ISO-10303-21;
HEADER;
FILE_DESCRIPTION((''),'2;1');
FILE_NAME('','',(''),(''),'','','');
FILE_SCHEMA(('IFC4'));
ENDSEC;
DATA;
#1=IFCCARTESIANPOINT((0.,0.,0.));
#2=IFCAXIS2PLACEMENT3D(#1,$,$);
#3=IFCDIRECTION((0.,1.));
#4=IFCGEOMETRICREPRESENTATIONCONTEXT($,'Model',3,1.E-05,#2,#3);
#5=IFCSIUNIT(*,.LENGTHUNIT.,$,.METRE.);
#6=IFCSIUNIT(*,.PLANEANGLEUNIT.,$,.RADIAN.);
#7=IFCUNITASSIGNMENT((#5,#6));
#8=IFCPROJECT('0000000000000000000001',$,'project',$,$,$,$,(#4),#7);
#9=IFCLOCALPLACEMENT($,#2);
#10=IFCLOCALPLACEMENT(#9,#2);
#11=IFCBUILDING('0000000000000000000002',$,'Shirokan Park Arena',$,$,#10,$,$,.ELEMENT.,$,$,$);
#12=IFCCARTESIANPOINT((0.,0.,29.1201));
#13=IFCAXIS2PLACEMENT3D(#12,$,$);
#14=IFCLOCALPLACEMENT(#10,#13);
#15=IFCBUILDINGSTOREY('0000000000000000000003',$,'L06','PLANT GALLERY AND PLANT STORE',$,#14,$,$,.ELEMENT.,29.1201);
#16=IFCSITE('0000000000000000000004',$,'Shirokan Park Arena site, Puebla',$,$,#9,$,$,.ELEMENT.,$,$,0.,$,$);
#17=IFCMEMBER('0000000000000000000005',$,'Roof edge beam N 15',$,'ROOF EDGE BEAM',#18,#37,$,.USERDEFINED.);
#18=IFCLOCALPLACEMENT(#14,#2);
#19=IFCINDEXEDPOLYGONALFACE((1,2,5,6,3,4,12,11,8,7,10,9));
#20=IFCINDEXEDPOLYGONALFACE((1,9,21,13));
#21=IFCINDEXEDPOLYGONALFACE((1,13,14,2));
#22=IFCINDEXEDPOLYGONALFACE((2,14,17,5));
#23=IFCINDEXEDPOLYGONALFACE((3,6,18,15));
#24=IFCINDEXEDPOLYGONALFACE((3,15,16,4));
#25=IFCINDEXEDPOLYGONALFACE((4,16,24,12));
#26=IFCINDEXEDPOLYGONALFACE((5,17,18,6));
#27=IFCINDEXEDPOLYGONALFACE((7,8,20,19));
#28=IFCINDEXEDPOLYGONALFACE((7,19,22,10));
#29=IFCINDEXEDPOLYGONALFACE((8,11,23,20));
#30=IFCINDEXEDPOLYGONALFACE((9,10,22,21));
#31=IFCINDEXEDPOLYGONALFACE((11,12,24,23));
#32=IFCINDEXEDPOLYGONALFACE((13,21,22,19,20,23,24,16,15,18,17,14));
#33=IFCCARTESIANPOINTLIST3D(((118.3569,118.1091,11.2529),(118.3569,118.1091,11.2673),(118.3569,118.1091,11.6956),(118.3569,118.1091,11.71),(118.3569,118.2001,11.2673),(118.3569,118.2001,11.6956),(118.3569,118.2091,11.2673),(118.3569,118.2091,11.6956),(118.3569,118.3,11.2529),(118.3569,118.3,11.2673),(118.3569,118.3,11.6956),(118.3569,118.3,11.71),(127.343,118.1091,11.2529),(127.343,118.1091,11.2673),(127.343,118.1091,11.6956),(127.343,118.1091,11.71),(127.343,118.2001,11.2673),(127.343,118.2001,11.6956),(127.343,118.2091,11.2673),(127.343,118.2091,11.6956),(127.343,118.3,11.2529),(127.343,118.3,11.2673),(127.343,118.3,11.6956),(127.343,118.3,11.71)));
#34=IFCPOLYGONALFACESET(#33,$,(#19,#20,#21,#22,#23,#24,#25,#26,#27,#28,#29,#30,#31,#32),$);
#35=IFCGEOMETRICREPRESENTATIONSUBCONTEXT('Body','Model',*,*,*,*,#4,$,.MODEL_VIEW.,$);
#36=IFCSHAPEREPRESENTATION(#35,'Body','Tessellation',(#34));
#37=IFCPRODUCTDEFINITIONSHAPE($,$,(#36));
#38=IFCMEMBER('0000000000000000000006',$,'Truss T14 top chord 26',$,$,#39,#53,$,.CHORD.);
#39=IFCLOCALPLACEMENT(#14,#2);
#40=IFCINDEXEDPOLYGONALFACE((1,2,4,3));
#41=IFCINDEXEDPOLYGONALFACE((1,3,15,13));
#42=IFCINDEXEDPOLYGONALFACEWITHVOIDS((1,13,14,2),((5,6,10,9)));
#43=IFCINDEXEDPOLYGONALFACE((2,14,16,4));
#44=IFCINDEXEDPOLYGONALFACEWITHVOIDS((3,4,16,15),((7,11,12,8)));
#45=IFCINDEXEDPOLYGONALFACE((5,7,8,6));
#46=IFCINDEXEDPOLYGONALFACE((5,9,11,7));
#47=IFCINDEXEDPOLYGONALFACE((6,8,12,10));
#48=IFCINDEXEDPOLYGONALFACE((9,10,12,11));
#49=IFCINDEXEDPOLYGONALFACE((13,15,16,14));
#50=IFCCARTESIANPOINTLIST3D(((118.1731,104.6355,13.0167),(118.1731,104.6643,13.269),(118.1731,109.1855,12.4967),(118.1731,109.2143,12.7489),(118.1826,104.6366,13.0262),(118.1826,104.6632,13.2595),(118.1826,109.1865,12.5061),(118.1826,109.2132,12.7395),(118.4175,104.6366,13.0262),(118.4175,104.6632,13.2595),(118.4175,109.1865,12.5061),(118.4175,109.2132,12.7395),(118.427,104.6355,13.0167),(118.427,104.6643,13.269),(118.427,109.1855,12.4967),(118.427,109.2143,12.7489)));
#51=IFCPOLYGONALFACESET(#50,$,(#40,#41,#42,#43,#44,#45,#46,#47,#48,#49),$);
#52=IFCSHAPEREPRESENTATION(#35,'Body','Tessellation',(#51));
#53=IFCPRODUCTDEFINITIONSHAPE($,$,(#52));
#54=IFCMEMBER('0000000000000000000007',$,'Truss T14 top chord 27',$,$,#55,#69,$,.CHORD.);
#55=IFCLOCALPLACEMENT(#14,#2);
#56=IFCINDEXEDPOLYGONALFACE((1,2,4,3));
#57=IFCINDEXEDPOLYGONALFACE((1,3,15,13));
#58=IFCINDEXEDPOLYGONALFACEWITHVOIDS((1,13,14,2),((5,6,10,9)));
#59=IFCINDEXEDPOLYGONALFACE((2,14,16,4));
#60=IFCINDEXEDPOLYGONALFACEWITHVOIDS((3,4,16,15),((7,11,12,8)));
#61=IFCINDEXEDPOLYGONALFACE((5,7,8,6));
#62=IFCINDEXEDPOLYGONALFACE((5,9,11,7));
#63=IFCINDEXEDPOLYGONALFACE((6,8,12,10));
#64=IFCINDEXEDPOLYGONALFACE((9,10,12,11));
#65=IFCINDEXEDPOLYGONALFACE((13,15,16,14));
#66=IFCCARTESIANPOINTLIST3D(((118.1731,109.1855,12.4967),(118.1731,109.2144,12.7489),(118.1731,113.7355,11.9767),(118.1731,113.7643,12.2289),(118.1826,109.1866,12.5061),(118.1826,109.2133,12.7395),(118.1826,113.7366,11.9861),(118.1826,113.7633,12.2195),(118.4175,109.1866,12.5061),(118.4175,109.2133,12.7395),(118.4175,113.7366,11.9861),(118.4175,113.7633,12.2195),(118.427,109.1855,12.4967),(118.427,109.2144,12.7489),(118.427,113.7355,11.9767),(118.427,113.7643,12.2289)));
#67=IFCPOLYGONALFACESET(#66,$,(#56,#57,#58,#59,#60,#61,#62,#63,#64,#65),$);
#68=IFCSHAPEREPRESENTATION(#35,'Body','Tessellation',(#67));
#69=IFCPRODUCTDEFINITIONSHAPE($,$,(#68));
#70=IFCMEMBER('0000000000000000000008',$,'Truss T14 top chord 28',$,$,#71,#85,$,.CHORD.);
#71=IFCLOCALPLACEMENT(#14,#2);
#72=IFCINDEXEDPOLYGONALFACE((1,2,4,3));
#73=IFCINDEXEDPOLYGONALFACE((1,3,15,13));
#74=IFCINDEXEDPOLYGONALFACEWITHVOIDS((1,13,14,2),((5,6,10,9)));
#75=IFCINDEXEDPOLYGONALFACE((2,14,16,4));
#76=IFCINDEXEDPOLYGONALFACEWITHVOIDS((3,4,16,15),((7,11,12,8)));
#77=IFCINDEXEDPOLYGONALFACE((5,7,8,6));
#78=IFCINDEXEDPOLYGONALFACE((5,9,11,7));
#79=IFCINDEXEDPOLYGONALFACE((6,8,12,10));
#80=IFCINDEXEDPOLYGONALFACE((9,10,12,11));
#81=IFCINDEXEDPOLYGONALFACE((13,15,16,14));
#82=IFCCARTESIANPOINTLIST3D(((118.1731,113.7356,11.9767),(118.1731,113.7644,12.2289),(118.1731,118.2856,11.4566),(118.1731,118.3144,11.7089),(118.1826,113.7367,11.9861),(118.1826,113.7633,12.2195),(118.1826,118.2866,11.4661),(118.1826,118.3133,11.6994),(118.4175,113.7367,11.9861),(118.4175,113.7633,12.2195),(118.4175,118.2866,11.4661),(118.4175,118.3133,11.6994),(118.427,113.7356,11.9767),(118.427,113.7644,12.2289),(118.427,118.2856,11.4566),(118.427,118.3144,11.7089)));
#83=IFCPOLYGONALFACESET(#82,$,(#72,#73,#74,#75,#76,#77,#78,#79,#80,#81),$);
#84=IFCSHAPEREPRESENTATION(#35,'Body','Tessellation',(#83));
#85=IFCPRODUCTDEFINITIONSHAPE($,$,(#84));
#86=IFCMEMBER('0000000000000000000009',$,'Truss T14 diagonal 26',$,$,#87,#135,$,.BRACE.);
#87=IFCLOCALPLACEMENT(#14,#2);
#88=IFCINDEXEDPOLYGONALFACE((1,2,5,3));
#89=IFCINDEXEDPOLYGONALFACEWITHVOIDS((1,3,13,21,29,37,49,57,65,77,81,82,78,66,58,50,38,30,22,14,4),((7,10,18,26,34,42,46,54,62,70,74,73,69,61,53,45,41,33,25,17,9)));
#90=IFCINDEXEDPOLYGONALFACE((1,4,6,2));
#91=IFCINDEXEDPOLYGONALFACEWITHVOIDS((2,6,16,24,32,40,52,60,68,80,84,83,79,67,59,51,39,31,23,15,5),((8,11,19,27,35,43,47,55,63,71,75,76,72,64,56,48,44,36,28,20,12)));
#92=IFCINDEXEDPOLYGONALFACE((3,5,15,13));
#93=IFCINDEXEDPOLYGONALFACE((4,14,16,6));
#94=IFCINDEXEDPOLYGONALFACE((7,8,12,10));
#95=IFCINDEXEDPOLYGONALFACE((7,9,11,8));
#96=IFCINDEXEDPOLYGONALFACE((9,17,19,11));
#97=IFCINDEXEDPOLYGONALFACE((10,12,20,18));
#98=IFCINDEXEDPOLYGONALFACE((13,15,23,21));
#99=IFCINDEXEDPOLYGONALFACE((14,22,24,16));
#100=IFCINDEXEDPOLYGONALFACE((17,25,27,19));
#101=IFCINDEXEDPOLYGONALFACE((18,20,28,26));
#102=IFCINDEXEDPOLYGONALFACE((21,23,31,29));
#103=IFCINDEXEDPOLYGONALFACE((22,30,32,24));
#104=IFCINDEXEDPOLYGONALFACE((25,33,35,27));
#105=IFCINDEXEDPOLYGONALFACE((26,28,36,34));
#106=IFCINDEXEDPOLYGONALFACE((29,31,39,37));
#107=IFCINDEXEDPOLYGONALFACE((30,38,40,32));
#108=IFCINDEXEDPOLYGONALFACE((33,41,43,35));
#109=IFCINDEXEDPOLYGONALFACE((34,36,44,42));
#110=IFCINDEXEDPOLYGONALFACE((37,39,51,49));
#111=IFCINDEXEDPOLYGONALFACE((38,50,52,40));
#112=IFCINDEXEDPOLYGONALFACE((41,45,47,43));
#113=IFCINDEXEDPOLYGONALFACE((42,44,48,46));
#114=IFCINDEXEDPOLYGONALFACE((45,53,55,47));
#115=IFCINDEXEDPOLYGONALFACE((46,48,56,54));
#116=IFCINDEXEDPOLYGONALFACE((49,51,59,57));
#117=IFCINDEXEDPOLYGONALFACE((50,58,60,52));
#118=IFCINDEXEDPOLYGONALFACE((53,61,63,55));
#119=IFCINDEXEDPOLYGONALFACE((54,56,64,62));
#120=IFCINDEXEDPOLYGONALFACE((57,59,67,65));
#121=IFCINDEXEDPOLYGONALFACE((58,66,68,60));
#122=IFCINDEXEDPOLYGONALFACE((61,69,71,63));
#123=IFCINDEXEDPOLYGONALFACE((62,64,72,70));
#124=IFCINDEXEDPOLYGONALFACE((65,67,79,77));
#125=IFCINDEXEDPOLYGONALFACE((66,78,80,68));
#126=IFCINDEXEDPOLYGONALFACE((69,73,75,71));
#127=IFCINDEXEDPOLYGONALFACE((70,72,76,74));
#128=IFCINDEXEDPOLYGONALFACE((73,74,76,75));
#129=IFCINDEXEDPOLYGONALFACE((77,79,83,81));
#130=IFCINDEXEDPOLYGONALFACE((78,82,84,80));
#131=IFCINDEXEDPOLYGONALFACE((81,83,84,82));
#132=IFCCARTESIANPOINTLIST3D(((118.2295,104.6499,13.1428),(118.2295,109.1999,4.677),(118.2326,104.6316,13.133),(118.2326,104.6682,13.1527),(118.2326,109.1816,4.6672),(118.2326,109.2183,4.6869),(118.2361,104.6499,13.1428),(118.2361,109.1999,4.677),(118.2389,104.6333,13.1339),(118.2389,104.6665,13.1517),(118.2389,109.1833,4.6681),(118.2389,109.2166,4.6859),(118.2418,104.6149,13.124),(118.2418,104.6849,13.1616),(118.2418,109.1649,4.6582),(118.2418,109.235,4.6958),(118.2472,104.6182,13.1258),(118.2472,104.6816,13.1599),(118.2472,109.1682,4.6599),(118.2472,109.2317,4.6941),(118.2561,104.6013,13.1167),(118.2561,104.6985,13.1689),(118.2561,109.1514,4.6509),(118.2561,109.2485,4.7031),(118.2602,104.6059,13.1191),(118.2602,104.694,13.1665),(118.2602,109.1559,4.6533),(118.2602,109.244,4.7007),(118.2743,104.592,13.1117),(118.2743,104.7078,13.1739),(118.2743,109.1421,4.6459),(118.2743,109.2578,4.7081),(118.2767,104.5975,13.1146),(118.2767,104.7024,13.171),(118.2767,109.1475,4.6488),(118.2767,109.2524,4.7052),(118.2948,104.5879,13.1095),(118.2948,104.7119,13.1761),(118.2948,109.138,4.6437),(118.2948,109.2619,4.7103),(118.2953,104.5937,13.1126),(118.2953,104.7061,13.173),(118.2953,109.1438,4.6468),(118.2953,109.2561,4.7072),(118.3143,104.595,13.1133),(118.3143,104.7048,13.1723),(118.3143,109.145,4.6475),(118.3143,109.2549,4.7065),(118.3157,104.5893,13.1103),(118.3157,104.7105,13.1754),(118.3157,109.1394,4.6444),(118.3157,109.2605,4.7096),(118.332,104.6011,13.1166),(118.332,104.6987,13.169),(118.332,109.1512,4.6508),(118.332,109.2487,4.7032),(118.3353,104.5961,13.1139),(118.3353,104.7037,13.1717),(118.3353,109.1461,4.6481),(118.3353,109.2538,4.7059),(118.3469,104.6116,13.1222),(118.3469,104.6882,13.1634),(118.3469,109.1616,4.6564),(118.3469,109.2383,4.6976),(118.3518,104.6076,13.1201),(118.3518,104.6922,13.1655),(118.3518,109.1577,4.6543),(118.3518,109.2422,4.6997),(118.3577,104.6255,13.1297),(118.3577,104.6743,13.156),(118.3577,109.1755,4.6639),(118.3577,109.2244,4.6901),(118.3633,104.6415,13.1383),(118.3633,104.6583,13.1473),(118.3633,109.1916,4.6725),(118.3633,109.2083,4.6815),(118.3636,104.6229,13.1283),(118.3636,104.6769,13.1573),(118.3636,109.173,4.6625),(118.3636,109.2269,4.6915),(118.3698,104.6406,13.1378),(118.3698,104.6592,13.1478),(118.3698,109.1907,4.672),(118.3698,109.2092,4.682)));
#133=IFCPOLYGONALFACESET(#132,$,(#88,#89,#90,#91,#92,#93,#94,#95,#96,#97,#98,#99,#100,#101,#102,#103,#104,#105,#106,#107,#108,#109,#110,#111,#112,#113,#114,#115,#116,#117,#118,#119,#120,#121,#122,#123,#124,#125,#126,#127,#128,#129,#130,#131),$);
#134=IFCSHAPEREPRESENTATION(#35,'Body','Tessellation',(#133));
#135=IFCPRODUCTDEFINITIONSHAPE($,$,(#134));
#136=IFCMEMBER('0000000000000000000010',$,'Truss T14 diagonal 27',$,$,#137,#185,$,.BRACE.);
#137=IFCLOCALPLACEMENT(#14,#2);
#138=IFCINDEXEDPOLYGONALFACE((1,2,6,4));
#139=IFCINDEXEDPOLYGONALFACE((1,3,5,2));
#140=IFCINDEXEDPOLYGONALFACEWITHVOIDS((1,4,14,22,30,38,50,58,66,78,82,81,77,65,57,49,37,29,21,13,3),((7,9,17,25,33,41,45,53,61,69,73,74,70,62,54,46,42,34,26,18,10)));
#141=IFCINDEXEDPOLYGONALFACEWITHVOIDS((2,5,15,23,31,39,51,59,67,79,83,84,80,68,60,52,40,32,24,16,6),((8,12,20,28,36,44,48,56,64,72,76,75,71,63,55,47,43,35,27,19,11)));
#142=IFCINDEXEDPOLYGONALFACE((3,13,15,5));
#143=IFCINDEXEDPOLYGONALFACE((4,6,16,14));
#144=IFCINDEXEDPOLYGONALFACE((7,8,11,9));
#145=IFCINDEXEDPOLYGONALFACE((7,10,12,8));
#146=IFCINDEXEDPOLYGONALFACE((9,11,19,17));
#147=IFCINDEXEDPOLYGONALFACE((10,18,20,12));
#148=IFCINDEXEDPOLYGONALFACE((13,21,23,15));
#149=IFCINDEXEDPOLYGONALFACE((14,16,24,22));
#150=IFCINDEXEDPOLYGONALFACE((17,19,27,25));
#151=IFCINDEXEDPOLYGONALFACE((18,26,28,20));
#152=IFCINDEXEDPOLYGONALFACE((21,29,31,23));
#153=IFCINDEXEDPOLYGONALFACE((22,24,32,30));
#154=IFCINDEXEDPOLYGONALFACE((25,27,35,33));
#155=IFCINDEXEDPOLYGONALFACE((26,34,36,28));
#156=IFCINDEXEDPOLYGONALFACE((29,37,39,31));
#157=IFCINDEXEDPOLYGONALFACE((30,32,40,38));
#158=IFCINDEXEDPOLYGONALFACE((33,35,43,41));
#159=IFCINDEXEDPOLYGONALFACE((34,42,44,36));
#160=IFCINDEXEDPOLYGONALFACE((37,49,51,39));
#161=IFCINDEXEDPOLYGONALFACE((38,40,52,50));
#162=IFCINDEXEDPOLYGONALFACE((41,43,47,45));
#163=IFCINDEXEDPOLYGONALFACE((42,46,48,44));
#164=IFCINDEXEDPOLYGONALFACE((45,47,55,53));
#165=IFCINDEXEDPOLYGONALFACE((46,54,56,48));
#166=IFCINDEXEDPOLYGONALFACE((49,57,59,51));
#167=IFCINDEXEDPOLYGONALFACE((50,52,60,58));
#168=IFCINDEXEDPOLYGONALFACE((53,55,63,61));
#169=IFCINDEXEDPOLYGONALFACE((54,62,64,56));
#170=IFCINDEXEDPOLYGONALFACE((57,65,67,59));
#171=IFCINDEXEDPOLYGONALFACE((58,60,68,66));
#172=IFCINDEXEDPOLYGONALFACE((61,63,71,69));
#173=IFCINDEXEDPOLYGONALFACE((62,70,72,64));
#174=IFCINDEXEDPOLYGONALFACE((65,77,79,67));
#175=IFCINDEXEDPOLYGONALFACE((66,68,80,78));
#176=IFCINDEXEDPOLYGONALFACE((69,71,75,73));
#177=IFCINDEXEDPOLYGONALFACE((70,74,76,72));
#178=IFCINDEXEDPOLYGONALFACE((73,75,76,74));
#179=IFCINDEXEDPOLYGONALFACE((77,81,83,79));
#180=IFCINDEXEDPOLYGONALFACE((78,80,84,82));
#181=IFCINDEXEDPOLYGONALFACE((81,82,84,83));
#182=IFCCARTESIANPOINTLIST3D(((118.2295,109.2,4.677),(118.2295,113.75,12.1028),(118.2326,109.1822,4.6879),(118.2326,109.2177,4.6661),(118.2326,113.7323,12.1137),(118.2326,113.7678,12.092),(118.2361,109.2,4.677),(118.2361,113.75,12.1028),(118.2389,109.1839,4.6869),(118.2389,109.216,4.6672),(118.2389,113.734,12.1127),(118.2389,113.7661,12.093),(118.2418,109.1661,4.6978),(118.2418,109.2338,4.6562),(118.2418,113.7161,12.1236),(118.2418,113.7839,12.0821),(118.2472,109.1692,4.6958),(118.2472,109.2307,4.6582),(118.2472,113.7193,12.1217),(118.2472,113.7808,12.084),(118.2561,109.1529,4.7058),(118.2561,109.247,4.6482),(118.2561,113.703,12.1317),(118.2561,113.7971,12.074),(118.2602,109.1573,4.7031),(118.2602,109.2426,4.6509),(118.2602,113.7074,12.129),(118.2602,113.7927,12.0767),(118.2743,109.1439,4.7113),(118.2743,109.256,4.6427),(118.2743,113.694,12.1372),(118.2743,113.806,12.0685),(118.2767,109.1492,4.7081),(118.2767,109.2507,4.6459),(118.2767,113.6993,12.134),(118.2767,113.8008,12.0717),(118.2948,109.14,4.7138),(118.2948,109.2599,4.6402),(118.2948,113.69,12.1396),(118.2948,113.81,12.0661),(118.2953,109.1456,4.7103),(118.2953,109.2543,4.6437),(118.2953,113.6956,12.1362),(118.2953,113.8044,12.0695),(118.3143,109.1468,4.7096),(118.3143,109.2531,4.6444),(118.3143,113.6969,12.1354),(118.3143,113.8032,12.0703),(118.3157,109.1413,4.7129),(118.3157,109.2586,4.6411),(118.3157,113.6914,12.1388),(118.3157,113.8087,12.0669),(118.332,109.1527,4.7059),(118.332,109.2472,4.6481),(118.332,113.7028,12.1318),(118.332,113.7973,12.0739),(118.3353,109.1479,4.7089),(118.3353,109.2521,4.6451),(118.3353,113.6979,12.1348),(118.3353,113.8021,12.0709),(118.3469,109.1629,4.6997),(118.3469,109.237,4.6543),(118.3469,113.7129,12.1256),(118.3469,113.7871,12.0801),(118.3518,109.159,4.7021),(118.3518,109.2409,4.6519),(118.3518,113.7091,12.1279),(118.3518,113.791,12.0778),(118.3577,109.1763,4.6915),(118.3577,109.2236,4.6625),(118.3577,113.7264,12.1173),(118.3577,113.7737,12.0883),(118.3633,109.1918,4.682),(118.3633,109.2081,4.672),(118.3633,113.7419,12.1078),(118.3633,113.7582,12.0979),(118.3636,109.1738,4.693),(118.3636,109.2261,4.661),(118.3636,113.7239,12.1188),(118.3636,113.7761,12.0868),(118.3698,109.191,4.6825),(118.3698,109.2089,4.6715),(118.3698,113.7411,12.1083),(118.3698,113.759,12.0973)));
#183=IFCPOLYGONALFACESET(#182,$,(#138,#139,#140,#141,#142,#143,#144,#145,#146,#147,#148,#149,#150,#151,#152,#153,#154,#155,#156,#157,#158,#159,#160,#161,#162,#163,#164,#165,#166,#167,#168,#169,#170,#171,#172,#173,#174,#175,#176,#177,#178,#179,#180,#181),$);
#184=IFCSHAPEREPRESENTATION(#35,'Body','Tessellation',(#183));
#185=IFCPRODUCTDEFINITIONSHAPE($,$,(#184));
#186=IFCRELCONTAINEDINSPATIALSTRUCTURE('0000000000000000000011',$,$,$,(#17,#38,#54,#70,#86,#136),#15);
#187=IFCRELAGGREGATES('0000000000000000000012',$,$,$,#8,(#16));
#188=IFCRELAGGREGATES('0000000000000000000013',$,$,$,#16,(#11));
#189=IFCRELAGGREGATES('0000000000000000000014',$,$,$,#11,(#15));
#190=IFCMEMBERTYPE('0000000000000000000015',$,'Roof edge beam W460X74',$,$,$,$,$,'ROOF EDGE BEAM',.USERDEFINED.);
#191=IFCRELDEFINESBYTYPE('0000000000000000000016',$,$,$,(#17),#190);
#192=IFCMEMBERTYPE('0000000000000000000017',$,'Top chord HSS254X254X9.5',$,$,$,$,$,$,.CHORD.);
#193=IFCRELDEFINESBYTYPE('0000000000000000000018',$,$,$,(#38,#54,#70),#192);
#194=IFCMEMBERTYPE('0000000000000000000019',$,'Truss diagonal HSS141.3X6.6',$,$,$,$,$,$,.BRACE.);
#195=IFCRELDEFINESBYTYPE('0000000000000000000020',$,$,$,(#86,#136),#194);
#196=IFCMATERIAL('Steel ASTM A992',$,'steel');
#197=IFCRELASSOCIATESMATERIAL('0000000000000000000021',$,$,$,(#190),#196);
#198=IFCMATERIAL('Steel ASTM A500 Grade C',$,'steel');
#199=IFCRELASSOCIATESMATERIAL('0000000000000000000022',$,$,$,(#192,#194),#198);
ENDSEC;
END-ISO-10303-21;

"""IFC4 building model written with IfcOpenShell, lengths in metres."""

from ifc_helpers import new_model, si_unit, direction, frame, origin, origin_2d, place, context, subcontext, project, spatial, hollow_rectangle, hollow_circle, i_section, extrude, material, material_profile, profile_set, type_object, element, save


model = new_model("IFC4")

# Units and contexts
model_context = context("Model", 3, precision=1e-05, world=origin(), true_north=direction((0.0, 1.0)))
body_context = subcontext(model_context, "Body", "Model", "MODEL_VIEW")
ifc_project = project(units=[si_unit("LENGTHUNIT", "METRE"), si_unit("PLANEANGLEUNIT", "RADIAN")], contexts=[model_context])

# Site, building, storey
site_placement = place(None, origin())
site = spatial("IfcSite", under=ifc_project, at=site_placement, Name="Shirokan Park Arena site, Puebla", CompositionType="ELEMENT", RefElevation=0.0)
building_placement = place(site_placement, origin())
building = spatial("IfcBuilding", under=site, at=building_placement, Name="Shirokan Park Arena", CompositionType="ELEMENT")
storey_placement = place(building_placement, frame((0.0, 0.0, 29.1201)))
storey = spatial("IfcBuildingStorey", under=building, at=storey_placement, Name="L06", Description="PLANT GALLERY AND PLANT STORE", CompositionType="ELEMENT", Elevation=29.1201)

# Shared definitions
ifc_material_1 = material(Name="Steel ASTM A500 Grade C", Category="steel")
ifc_material_2 = material(Name="Steel ASTM A992", Category="steel")

# Members
ifc_material_profile_1 = material_profile(ifc_material_2, i_section(OverallWidth=0.1909, OverallDepth=0.457, WebThickness=0.009, FlangeThickness=0.0144, at=origin_2d()), Name="W460X74")
ifc_profile_set_1 = profile_set([ifc_material_profile_1], Name="Steel ASTM A992")
member_type_1 = type_object("IfcMemberType", Name="Roof edge beam W460X74", ElementType="ROOF EDGE BEAM", PredefinedType="USERDEFINED", material=ifc_profile_set_1)
member_1_placement = place(storey_placement, frame((118.3569, 118.2046, 11.4814), z_axis=(1.0, 0.0, 0.0), x_axis=(0.0, 1.0, 0.0)))
element("IfcMember", 1, at=member_1_placement, inside=storey, type_object=member_type_1, Name="Roof edge beam N 15", ObjectType="ROOF EDGE BEAM", PredefinedType="USERDEFINED", context=body_context, shape_type="SweptSolid", body=[
    extrude(i_section(OverallWidth=0.1909, OverallDepth=0.457, WebThickness=0.009, FlangeThickness=0.0144, at=origin_2d()), origin(), (0.0, 0.0, 1.0), 8.9861),
])
ifc_material_profile_2 = material_profile(ifc_material_1, hollow_rectangle(XDim=0.2539, YDim=0.2539, WallThickness=0.0095, at=origin_2d()), Name="HSS254X254X9.5")
ifc_profile_set_2 = profile_set([ifc_material_profile_2], Name="Steel ASTM A500 Grade C")
member_type_2 = type_object("IfcMemberType", Name="Top chord HSS254X254X9.5", PredefinedType="CHORD", material=ifc_profile_set_2)
for number, where, z_axis, x_axis, name in (
    (2, (118.3, 104.6499, 13.1428), (0.0, 0.993532, -0.11355), (-1.0, 0.0, 0.0), "Truss T14 top chord 26"),
    (3, (118.3, 109.2, 12.6228), (0.0, 0.993532, -0.11355), (-1.0, 0.0, 0.0), "Truss T14 top chord 27"),
    (4, (118.3, 113.75, 12.1028), (0.0, 0.993532, -0.11355), (-1.0, 0.0, 0.0), "Truss T14 top chord 28"),
):
    element("IfcMember", number, at=place(storey_placement, frame(where, z_axis=z_axis, x_axis=x_axis)), inside=storey, type_object=member_type_2, Name=name, PredefinedType="CHORD", context=body_context, shape_type="SweptSolid", body=[
        extrude(hollow_rectangle(XDim=0.2539, YDim=0.2539, WallThickness=0.0095, at=origin_2d()), origin(), (0.0, 0.0, 1.0), 4.5796),
    ])
ifc_material_profile_3 = material_profile(ifc_material_1, hollow_circle(Radius=0.0706, WallThickness=0.0066, at=origin_2d()), Name="HSS141.3X6.6")
ifc_profile_set_3 = profile_set([ifc_material_profile_3], Name="Steel ASTM A500 Grade C")
member_type_3 = type_object("IfcMemberType", Name="Truss diagonal HSS141.3X6.6", PredefinedType="BRACE", material=ifc_profile_set_3)
member_2_placement = place(storey_placement, frame((118.3, 104.6499, 13.1428), z_axis=(0.0, 0.473417, -0.880839), x_axis=(-1.0, 0.0, 0.0)))
element("IfcMember", 5, at=member_2_placement, inside=storey, type_object=member_type_3, Name="Truss T14 diagonal 26", PredefinedType="BRACE", context=body_context, shape_type="SweptSolid", body=[
    extrude(hollow_circle(Radius=0.0706, WallThickness=0.0066, at=origin_2d()), origin(), (0.0, 0.0, 1.0), 9.6111),
])
member_3_placement = place(storey_placement, frame((118.3, 109.2, 4.677), z_axis=(0.0, 0.522459, 0.852665), x_axis=(-1.0, 0.0, 0.0)))
element("IfcMember", 6, at=member_3_placement, inside=storey, type_object=member_type_3, Name="Truss T14 diagonal 27", PredefinedType="BRACE", context=body_context, shape_type="SweptSolid", body=[
    extrude(hollow_circle(Radius=0.0706, WallThickness=0.0066, at=origin_2d()), origin(), (0.0, 0.0, 1.0), 8.709),
])

save(model, "model.ifc")
